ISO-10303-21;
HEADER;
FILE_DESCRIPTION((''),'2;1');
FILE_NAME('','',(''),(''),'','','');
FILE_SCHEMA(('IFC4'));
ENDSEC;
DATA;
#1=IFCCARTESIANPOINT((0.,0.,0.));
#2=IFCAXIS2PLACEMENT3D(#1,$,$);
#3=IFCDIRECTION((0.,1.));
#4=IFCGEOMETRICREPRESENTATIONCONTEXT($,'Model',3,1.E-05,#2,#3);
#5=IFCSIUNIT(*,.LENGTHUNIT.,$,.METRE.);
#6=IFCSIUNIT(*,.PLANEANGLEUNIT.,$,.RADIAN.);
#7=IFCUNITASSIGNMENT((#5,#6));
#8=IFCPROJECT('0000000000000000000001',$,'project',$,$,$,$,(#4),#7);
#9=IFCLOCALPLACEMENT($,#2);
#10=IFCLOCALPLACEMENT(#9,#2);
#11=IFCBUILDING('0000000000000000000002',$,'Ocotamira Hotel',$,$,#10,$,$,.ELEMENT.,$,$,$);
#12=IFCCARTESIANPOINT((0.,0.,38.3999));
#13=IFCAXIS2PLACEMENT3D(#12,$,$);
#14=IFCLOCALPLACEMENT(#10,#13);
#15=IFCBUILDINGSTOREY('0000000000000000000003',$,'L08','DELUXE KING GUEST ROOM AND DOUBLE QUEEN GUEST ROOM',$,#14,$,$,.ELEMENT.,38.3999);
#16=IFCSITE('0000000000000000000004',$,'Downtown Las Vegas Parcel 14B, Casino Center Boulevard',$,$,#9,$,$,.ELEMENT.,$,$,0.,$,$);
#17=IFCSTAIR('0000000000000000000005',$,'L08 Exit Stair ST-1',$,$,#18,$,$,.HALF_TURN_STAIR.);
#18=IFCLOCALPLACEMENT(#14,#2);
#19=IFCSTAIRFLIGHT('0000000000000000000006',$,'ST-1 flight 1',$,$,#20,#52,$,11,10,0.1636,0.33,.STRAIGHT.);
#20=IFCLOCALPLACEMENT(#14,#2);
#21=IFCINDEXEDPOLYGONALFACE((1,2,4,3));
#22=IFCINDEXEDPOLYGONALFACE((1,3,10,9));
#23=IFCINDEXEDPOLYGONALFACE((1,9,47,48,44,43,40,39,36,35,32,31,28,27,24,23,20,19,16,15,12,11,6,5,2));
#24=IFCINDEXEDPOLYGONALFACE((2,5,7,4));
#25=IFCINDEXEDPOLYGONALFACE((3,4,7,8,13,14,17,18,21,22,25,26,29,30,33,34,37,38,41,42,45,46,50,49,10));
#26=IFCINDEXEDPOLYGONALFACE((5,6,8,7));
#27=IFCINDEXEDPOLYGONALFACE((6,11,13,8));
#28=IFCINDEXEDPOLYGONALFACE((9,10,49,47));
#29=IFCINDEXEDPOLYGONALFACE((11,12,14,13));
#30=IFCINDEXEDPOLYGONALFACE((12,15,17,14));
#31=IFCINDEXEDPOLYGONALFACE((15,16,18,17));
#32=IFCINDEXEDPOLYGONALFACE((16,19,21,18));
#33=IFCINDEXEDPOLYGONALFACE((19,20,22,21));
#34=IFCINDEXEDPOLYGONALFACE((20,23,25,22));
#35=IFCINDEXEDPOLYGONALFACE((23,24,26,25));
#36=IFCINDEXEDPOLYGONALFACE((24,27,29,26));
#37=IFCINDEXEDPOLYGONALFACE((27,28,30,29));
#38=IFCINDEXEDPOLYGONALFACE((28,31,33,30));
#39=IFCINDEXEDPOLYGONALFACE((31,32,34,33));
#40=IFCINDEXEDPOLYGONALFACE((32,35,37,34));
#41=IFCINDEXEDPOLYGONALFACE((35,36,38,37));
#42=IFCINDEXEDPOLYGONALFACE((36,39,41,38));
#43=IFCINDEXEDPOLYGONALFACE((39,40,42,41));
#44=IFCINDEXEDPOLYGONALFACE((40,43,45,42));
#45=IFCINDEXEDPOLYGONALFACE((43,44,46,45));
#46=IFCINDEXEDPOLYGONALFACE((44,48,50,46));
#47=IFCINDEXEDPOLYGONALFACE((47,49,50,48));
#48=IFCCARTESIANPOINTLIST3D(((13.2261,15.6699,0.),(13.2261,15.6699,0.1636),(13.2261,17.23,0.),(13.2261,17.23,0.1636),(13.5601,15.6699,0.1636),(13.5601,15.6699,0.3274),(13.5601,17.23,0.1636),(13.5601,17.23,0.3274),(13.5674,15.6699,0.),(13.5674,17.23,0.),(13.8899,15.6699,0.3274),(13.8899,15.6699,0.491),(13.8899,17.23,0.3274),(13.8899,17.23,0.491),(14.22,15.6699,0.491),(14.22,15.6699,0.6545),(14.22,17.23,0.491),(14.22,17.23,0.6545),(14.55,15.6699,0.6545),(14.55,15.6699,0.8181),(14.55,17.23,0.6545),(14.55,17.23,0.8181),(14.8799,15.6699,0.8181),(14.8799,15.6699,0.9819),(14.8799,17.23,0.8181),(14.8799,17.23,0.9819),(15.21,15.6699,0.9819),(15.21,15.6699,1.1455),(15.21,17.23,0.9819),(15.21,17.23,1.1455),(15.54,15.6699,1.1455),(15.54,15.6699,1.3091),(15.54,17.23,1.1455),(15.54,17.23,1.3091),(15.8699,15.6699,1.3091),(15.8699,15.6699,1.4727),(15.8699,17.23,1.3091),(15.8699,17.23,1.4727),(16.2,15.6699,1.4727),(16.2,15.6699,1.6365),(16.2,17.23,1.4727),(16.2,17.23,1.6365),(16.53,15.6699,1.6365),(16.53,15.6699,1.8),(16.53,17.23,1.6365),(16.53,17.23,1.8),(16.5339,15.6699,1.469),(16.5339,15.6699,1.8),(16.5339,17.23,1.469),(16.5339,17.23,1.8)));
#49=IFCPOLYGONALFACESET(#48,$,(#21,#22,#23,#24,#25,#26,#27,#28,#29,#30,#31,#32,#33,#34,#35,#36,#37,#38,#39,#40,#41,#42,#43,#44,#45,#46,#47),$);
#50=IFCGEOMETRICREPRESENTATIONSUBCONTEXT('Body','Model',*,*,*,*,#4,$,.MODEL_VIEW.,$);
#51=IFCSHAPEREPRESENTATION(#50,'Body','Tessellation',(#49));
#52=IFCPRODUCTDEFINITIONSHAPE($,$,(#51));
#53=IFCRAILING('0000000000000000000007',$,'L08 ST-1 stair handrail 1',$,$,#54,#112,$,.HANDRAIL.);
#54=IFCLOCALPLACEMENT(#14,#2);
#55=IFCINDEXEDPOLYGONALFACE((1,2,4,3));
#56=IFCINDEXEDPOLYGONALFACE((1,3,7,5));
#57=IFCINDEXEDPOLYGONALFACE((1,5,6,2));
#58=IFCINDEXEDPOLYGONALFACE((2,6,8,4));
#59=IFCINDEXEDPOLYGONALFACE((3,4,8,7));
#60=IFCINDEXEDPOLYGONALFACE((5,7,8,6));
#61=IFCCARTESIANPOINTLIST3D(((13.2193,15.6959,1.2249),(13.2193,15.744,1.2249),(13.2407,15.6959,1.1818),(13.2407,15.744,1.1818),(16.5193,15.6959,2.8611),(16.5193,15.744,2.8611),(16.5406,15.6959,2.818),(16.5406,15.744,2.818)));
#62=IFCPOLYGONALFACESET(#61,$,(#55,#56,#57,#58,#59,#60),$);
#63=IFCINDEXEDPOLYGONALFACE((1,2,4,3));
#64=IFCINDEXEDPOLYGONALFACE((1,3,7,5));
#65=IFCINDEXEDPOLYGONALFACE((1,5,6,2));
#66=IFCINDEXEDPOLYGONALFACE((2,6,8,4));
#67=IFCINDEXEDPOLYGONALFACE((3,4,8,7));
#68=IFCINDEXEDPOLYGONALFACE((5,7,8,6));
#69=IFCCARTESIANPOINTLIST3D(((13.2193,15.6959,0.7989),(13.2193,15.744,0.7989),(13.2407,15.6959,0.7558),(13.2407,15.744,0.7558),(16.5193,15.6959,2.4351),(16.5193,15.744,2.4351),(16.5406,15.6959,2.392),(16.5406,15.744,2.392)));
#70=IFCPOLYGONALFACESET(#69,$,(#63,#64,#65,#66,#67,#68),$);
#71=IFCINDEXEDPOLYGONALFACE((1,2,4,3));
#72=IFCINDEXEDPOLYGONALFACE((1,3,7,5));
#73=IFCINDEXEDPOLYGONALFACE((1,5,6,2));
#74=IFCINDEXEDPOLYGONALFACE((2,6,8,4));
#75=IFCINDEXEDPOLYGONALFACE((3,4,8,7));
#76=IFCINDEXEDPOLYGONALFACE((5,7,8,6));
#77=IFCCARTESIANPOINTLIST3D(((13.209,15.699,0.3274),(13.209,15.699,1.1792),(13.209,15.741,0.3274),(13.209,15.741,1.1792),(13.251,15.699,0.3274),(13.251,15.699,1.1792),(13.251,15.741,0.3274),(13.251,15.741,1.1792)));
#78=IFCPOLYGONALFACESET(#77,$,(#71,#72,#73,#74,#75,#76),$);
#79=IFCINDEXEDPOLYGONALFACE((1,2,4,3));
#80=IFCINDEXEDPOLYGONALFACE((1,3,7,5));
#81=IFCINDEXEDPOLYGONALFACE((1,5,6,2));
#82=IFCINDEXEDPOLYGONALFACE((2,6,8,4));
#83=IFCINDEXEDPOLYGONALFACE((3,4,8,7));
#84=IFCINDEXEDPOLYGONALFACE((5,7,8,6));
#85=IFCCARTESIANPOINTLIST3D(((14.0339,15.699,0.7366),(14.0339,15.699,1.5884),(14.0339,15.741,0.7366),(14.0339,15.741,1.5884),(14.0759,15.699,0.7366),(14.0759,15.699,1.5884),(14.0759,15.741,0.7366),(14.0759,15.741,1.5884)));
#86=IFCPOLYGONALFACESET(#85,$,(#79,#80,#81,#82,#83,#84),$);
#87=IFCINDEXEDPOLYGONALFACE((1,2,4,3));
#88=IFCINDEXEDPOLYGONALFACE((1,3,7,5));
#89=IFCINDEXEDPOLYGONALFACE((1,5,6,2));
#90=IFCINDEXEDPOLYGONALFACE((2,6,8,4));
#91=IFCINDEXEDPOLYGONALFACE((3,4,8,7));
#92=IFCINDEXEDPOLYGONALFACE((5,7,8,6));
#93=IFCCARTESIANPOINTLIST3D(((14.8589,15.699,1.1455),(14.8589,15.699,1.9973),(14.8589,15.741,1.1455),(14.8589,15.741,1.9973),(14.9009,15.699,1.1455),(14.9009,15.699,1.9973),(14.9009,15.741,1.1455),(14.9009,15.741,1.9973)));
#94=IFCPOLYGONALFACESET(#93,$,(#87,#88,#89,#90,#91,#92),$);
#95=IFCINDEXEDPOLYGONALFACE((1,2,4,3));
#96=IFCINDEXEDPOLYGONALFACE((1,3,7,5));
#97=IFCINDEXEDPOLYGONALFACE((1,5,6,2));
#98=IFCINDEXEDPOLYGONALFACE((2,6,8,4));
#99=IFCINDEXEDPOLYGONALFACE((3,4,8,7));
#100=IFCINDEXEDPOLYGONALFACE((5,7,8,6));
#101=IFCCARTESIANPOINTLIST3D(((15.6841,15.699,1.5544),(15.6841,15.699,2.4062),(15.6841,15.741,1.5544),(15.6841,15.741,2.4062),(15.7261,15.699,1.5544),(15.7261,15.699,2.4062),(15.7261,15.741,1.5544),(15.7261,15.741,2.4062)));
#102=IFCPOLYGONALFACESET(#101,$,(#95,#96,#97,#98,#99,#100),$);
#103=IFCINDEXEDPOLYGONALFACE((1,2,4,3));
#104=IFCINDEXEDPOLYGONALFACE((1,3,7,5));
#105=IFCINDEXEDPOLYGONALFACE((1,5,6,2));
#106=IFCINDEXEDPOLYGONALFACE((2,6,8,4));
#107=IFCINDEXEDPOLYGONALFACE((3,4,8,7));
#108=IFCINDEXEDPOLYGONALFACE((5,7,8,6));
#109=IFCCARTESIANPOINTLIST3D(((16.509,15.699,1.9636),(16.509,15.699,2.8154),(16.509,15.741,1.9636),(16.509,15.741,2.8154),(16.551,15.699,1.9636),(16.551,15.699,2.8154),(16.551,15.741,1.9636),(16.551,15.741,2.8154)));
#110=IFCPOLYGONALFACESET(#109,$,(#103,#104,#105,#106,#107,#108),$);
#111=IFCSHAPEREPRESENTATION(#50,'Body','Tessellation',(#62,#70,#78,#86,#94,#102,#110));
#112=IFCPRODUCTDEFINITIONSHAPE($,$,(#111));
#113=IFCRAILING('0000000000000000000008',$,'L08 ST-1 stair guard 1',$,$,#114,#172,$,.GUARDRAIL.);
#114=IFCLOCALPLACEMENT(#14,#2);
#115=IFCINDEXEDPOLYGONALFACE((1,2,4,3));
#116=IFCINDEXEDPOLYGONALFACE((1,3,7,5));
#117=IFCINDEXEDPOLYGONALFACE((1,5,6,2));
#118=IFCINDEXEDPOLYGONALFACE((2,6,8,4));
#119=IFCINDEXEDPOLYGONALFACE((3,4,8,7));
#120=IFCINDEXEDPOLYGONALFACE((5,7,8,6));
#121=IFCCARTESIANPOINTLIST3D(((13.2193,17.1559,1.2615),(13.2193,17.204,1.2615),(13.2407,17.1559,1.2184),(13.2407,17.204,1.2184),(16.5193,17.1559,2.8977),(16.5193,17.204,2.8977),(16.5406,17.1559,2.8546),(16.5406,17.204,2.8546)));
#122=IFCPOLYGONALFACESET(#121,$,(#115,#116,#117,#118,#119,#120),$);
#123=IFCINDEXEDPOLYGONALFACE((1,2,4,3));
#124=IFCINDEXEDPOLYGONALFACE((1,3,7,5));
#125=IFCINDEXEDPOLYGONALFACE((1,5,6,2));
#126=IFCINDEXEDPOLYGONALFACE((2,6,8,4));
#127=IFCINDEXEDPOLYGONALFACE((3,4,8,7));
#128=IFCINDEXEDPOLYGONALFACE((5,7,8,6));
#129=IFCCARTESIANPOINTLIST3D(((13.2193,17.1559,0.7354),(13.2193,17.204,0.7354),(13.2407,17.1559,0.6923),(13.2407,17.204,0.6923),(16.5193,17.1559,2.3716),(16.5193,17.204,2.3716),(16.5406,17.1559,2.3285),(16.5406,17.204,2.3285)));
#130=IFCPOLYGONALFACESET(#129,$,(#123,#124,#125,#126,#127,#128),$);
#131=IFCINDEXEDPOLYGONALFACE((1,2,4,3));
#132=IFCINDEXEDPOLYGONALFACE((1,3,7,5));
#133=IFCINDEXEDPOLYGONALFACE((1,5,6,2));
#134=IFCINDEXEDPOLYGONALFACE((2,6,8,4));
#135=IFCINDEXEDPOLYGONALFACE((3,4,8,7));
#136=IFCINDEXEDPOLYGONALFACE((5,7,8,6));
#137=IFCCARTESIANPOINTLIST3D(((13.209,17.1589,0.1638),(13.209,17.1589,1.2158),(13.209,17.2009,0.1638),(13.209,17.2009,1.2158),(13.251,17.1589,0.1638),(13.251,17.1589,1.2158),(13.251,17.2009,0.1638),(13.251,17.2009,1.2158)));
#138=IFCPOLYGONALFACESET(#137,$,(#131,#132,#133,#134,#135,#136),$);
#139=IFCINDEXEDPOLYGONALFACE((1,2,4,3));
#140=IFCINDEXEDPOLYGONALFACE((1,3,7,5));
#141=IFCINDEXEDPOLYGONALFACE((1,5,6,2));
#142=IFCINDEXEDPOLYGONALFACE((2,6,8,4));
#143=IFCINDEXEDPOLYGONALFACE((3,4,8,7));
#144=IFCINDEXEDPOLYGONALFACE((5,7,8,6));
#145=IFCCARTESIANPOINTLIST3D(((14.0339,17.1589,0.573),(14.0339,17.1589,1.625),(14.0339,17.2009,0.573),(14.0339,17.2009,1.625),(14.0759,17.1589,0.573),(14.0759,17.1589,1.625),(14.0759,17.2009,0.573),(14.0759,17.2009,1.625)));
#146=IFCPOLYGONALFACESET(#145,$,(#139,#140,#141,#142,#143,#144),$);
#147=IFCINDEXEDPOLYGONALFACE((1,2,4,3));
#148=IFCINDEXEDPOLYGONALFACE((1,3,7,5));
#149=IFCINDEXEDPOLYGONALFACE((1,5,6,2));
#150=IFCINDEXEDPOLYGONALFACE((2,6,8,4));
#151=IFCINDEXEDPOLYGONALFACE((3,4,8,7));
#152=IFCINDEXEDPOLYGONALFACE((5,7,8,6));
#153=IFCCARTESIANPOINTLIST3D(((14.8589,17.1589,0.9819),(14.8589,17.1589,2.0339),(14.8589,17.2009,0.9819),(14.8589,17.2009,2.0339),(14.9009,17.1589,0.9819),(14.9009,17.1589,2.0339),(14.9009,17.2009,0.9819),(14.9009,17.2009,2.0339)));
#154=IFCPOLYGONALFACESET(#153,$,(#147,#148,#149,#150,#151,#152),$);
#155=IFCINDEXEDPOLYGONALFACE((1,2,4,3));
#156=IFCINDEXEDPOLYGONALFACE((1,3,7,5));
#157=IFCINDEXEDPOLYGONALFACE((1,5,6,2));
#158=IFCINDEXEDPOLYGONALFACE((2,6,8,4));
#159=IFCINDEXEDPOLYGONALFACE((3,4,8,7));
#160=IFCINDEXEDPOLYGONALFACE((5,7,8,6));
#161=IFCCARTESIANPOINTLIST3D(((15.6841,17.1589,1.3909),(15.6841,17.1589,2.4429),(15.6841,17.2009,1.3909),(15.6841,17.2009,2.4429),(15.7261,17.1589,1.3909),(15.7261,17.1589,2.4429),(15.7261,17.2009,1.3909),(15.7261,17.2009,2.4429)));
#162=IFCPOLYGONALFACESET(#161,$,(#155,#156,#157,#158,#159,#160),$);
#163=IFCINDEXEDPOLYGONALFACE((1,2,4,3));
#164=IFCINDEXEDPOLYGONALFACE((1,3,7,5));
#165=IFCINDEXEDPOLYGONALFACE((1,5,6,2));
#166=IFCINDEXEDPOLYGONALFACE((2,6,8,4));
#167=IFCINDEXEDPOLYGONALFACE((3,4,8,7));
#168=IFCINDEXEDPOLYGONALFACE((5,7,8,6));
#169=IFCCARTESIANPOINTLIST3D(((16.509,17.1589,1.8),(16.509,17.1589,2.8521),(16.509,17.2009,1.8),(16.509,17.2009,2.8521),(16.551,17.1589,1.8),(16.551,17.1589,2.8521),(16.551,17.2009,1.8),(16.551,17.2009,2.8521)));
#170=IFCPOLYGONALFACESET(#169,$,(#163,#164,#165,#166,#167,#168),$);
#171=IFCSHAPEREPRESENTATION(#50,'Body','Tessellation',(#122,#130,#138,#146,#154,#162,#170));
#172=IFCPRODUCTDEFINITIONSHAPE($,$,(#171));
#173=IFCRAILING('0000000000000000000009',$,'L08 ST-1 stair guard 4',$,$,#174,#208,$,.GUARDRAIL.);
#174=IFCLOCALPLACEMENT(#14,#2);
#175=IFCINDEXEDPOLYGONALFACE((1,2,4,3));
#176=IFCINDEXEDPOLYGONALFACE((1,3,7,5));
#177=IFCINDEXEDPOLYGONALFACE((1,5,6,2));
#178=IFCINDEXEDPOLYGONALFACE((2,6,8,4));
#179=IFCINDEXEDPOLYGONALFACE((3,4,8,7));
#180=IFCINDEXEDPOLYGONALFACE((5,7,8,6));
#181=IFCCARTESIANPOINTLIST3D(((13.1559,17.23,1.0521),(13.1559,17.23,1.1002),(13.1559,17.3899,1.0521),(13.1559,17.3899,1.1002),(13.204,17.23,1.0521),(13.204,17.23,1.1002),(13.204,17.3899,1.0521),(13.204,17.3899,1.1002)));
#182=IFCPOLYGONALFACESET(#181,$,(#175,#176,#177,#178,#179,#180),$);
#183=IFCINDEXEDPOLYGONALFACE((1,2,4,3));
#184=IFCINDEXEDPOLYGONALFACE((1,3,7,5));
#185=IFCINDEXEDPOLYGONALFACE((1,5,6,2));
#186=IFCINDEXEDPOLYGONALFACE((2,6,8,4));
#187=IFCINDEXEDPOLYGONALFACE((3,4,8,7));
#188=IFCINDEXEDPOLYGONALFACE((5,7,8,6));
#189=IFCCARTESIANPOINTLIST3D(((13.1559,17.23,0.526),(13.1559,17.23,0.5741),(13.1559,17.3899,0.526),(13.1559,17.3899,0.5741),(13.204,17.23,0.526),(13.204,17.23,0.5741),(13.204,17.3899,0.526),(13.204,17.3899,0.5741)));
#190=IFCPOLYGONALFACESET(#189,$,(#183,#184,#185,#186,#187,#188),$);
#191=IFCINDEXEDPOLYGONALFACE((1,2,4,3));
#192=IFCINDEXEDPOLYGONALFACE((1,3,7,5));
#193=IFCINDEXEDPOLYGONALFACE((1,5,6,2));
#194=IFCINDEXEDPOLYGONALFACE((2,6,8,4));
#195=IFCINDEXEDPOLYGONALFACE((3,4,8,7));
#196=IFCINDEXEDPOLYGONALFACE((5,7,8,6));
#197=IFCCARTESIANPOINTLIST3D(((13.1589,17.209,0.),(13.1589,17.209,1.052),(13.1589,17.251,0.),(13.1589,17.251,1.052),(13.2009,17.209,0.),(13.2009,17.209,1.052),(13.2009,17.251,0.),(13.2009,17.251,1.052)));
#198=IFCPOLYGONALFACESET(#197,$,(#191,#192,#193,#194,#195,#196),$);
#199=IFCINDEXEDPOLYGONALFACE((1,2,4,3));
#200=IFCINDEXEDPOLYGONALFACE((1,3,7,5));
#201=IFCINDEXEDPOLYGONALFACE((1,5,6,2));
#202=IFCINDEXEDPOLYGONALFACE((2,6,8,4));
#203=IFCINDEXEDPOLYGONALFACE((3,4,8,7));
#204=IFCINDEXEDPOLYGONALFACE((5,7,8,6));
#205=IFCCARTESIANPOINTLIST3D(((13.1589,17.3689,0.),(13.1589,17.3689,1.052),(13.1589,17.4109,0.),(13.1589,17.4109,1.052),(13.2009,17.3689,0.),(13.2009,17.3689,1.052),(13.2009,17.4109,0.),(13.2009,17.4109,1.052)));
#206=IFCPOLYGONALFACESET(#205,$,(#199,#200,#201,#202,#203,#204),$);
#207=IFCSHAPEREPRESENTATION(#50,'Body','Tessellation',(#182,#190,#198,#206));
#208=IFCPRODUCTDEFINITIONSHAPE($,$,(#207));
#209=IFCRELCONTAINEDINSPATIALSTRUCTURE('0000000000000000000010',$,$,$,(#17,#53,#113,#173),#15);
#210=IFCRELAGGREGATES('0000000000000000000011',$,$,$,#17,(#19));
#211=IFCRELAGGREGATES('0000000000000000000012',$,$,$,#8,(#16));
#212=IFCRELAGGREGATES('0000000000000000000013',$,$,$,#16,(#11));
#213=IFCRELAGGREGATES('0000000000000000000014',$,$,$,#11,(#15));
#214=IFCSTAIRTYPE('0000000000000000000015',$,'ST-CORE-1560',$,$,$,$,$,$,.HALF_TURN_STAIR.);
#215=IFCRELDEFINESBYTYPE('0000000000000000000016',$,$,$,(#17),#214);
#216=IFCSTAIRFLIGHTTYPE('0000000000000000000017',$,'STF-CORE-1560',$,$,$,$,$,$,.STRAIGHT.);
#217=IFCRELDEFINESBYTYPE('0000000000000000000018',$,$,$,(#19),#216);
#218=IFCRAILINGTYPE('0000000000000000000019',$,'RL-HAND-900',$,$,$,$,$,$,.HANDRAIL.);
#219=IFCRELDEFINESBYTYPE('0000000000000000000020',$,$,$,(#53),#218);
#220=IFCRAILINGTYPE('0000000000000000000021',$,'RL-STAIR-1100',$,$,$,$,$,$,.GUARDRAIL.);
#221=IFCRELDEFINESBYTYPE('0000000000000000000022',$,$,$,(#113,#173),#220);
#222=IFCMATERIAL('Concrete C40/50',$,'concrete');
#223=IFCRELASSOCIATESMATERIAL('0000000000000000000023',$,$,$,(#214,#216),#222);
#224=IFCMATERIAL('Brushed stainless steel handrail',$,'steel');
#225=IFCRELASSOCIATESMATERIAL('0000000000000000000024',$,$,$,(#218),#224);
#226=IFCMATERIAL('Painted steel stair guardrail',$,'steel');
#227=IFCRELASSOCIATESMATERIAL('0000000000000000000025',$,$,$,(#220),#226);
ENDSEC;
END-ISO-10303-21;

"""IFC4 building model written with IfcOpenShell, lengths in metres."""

from ifc_helpers import new_model, si_unit, direction, frame, origin, origin_2d, place, context, subcontext, project, spatial, polyline, rectangle, outline, extrude, source, transform, mapped, material, type_object, element, aggregate, save


model = new_model("IFC4")

# Units and contexts
model_context = context("Model", 3, precision=1e-05, world=origin(), true_north=direction((0.0, 1.0)))
body_context = subcontext(model_context, "Body", "Model", "MODEL_VIEW")
ifc_project = project(units=[si_unit("LENGTHUNIT", "METRE"), si_unit("PLANEANGLEUNIT", "RADIAN")], contexts=[model_context])

# Site, building, storey
site_placement = place(None, origin())
site = spatial("IfcSite", under=ifc_project, at=site_placement, Name="Downtown Las Vegas Parcel 14B, Casino Center Boulevard", CompositionType="ELEMENT", RefElevation=0.0)
building_placement = place(site_placement, origin())
building = spatial("IfcBuilding", under=site, at=building_placement, Name="Ocotamira Hotel", CompositionType="ELEMENT")
storey_placement = place(building_placement, frame((0.0, 0.0, 38.3999)))
storey = spatial("IfcBuildingStorey", under=building, at=storey_placement, Name="L08", Description="DELUXE KING GUEST ROOM AND DOUBLE QUEEN GUEST ROOM", CompositionType="ELEMENT", Elevation=38.3999)

# Stair, stair flight
ifc_material_1 = material(Name="Concrete C40/50", Category="concrete")
stair_type = type_object("IfcStairType", Name="ST-CORE-1560", PredefinedType="HALF_TURN_STAIR", material=ifc_material_1)
stair_placement = place(storey_placement, origin())
stair = element("IfcStair", 1, at=stair_placement, inside=storey, type_object=stair_type, Name="L08 Exit Stair ST-1", PredefinedType="HALF_TURN_STAIR")
stair_flight_type = type_object("IfcStairFlightType", Name="STF-CORE-1560", PredefinedType="STRAIGHT", material=ifc_material_1)
shared_shape_1 = source(origin(), body_context, "Body", "SweptSolid", [
    extrude(outline(polyline([(-0.0039, 0.0), (-0.0039, 0.1636), (0.3301, 0.1636), (0.3301, 0.3274), (0.6599, 0.3274), (0.6599, 0.491), (0.99, 0.491), (0.99, 0.6545), (1.3201, 0.6545), (1.3201, 0.8181), (1.6499, 0.8181), (1.6499, 0.9819), (1.98, 0.9819), (1.98, 1.1455), (2.3101, 1.1455), (2.3101, 1.3091), (2.6399, 1.3091), (2.6399, 1.4727), (2.97, 1.4727), (2.97, 1.6365), (3.3, 1.6365), (3.3, 1.8), (3.304, 1.8), (3.304, 1.469), (0.3374, 0.0), (-0.0039, 0.0)])), frame((0.0, 0.78, 0.0), z_axis=(0.0, -1.0, 0.0), x_axis=(1.0, 0.0, 0.0)), (0.0, 0.0, 1.0), 1.5601),
])
stair_flight_placement = place(storey_placement, frame((13.23, 16.45, 0.0), z_axis=(0.0, 0.0, 1.0), x_axis=(1.0, 0.0, 0.0)))
stair_flight = element("IfcStairFlight", 2, at=stair_flight_placement, type_object=stair_flight_type, Name="ST-1 flight 1", NumberOfRisers=11, NumberOfTreads=10, PredefinedType="STRAIGHT", RiserHeight=0.1636, TreadLength=0.33, context=body_context, shape_type="MappedRepresentation", body=[
    mapped(shared_shape_1, transform((0.0, 0.0, 0.0), scale=1.0)),
])
aggregate(stair, [stair_flight])

# Railings
ifc_material_2 = material(Name="Brushed stainless steel handrail", Category="steel")
railing_type_1 = type_object("IfcRailingType", Name="RL-HAND-900", PredefinedType="HANDRAIL", material=ifc_material_2)
railing_1_placement = place(storey_placement, frame((13.23, 15.72, 0.3274)))
element("IfcRailing", 3, at=railing_1_placement, inside=storey, type_object=railing_type_1, Name="L08 ST-1 stair handrail 1", PredefinedType="HANDRAIL", context=body_context, shape_type="SweptSolid", body=[
    extrude(rectangle(XDim=0.0481, YDim=0.0481, at=origin_2d()), frame((0.0, 0.0, 0.876), z_axis=(0.89592, 0.0, 0.444215), x_axis=(0.0, 1.0, 0.0)), (0.0, 0.0, 1.0), 3.6833),
    extrude(rectangle(XDim=0.0481, YDim=0.0481, at=origin_2d()), frame((0.0, 0.0, 0.45), z_axis=(0.89592, 0.0, 0.444215), x_axis=(0.0, 1.0, 0.0)), (0.0, 0.0, 1.0), 3.6833),
    extrude(rectangle(XDim=0.042, YDim=0.042, at=origin_2d()), origin(), (0.0, 0.0, 1.0), 0.8518),
    extrude(rectangle(XDim=0.042, YDim=0.042, at=origin_2d()), frame((0.825, 0.0, 0.4092)), (0.0, 0.0, 1.0), 0.8518),
    extrude(rectangle(XDim=0.042, YDim=0.042, at=origin_2d()), frame((1.6499, 0.0, 0.8181)), (0.0, 0.0, 1.0), 0.8518),
    extrude(rectangle(XDim=0.042, YDim=0.042, at=origin_2d()), frame((2.4751, 0.0, 1.2271)), (0.0, 0.0, 1.0), 0.8518),
    extrude(rectangle(XDim=0.042, YDim=0.042, at=origin_2d()), frame((3.3, 0.0, 1.6362)), (0.0, 0.0, 1.0), 0.8518),
])
ifc_material_3 = material(Name="Painted steel stair guardrail", Category="steel")
railing_type_2 = type_object("IfcRailingType", Name="RL-STAIR-1100", PredefinedType="GUARDRAIL", material=ifc_material_3)
railing_2_placement = place(storey_placement, frame((13.23, 17.1799, 0.1638)))
element("IfcRailing", 4, at=railing_2_placement, inside=storey, type_object=railing_type_2, Name="L08 ST-1 stair guard 1", PredefinedType="GUARDRAIL", context=body_context, shape_type="SweptSolid", body=[
    extrude(rectangle(XDim=0.0481, YDim=0.0481, at=origin_2d()), frame((0.0, 0.0, 1.0762), z_axis=(0.89592, 0.0, 0.444215), x_axis=(0.0, 1.0, 0.0)), (0.0, 0.0, 1.0), 3.6833),
    extrude(rectangle(XDim=0.0481, YDim=0.0481, at=origin_2d()), frame((0.0, 0.0, 0.55), z_axis=(0.89592, 0.0, 0.444215), x_axis=(0.0, 1.0, 0.0)), (0.0, 0.0, 1.0), 3.6833),
    extrude(rectangle(XDim=0.042, YDim=0.042, at=origin_2d()), origin(), (0.0, 0.0, 1.0), 1.052),
    extrude(rectangle(XDim=0.042, YDim=0.042, at=origin_2d()), frame((0.825, 0.0, 0.4092)), (0.0, 0.0, 1.0), 1.052),
    extrude(rectangle(XDim=0.042, YDim=0.042, at=origin_2d()), frame((1.6499, 0.0, 0.8181)), (0.0, 0.0, 1.0), 1.052),
    extrude(rectangle(XDim=0.042, YDim=0.042, at=origin_2d()), frame((2.4751, 0.0, 1.2271)), (0.0, 0.0, 1.0), 1.052),
    extrude(rectangle(XDim=0.042, YDim=0.042, at=origin_2d()), frame((3.3, 0.0, 1.6362)), (0.0, 0.0, 1.0), 1.052),
])
railing_3_placement = place(storey_placement, frame((13.1799, 17.23, 0.0)))
element("IfcRailing", 5, at=railing_3_placement, inside=storey, type_object=railing_type_2, Name="L08 ST-1 stair guard 4", PredefinedType="GUARDRAIL", context=body_context, shape_type="SweptSolid", body=[
    extrude(rectangle(XDim=0.0481, YDim=0.0481, at=origin_2d()), frame((0.0, 0.0, 1.0762), z_axis=(0.0, 1.0, 0.0), x_axis=(-1.0, 0.0, 0.0)), (0.0, 0.0, 1.0), 0.1599),
    extrude(rectangle(XDim=0.0481, YDim=0.0481, at=origin_2d()), frame((0.0, 0.0, 0.55), z_axis=(0.0, 1.0, 0.0), x_axis=(-1.0, 0.0, 0.0)), (0.0, 0.0, 1.0), 0.1599),
    extrude(rectangle(XDim=0.042, YDim=0.042, at=origin_2d()), origin(), (0.0, 0.0, 1.0), 1.052),
    extrude(rectangle(XDim=0.042, YDim=0.042, at=origin_2d()), frame((0.0, 0.1599, 0.0)), (0.0, 0.0, 1.0), 1.052),
])

save(model, "model.ifc")
